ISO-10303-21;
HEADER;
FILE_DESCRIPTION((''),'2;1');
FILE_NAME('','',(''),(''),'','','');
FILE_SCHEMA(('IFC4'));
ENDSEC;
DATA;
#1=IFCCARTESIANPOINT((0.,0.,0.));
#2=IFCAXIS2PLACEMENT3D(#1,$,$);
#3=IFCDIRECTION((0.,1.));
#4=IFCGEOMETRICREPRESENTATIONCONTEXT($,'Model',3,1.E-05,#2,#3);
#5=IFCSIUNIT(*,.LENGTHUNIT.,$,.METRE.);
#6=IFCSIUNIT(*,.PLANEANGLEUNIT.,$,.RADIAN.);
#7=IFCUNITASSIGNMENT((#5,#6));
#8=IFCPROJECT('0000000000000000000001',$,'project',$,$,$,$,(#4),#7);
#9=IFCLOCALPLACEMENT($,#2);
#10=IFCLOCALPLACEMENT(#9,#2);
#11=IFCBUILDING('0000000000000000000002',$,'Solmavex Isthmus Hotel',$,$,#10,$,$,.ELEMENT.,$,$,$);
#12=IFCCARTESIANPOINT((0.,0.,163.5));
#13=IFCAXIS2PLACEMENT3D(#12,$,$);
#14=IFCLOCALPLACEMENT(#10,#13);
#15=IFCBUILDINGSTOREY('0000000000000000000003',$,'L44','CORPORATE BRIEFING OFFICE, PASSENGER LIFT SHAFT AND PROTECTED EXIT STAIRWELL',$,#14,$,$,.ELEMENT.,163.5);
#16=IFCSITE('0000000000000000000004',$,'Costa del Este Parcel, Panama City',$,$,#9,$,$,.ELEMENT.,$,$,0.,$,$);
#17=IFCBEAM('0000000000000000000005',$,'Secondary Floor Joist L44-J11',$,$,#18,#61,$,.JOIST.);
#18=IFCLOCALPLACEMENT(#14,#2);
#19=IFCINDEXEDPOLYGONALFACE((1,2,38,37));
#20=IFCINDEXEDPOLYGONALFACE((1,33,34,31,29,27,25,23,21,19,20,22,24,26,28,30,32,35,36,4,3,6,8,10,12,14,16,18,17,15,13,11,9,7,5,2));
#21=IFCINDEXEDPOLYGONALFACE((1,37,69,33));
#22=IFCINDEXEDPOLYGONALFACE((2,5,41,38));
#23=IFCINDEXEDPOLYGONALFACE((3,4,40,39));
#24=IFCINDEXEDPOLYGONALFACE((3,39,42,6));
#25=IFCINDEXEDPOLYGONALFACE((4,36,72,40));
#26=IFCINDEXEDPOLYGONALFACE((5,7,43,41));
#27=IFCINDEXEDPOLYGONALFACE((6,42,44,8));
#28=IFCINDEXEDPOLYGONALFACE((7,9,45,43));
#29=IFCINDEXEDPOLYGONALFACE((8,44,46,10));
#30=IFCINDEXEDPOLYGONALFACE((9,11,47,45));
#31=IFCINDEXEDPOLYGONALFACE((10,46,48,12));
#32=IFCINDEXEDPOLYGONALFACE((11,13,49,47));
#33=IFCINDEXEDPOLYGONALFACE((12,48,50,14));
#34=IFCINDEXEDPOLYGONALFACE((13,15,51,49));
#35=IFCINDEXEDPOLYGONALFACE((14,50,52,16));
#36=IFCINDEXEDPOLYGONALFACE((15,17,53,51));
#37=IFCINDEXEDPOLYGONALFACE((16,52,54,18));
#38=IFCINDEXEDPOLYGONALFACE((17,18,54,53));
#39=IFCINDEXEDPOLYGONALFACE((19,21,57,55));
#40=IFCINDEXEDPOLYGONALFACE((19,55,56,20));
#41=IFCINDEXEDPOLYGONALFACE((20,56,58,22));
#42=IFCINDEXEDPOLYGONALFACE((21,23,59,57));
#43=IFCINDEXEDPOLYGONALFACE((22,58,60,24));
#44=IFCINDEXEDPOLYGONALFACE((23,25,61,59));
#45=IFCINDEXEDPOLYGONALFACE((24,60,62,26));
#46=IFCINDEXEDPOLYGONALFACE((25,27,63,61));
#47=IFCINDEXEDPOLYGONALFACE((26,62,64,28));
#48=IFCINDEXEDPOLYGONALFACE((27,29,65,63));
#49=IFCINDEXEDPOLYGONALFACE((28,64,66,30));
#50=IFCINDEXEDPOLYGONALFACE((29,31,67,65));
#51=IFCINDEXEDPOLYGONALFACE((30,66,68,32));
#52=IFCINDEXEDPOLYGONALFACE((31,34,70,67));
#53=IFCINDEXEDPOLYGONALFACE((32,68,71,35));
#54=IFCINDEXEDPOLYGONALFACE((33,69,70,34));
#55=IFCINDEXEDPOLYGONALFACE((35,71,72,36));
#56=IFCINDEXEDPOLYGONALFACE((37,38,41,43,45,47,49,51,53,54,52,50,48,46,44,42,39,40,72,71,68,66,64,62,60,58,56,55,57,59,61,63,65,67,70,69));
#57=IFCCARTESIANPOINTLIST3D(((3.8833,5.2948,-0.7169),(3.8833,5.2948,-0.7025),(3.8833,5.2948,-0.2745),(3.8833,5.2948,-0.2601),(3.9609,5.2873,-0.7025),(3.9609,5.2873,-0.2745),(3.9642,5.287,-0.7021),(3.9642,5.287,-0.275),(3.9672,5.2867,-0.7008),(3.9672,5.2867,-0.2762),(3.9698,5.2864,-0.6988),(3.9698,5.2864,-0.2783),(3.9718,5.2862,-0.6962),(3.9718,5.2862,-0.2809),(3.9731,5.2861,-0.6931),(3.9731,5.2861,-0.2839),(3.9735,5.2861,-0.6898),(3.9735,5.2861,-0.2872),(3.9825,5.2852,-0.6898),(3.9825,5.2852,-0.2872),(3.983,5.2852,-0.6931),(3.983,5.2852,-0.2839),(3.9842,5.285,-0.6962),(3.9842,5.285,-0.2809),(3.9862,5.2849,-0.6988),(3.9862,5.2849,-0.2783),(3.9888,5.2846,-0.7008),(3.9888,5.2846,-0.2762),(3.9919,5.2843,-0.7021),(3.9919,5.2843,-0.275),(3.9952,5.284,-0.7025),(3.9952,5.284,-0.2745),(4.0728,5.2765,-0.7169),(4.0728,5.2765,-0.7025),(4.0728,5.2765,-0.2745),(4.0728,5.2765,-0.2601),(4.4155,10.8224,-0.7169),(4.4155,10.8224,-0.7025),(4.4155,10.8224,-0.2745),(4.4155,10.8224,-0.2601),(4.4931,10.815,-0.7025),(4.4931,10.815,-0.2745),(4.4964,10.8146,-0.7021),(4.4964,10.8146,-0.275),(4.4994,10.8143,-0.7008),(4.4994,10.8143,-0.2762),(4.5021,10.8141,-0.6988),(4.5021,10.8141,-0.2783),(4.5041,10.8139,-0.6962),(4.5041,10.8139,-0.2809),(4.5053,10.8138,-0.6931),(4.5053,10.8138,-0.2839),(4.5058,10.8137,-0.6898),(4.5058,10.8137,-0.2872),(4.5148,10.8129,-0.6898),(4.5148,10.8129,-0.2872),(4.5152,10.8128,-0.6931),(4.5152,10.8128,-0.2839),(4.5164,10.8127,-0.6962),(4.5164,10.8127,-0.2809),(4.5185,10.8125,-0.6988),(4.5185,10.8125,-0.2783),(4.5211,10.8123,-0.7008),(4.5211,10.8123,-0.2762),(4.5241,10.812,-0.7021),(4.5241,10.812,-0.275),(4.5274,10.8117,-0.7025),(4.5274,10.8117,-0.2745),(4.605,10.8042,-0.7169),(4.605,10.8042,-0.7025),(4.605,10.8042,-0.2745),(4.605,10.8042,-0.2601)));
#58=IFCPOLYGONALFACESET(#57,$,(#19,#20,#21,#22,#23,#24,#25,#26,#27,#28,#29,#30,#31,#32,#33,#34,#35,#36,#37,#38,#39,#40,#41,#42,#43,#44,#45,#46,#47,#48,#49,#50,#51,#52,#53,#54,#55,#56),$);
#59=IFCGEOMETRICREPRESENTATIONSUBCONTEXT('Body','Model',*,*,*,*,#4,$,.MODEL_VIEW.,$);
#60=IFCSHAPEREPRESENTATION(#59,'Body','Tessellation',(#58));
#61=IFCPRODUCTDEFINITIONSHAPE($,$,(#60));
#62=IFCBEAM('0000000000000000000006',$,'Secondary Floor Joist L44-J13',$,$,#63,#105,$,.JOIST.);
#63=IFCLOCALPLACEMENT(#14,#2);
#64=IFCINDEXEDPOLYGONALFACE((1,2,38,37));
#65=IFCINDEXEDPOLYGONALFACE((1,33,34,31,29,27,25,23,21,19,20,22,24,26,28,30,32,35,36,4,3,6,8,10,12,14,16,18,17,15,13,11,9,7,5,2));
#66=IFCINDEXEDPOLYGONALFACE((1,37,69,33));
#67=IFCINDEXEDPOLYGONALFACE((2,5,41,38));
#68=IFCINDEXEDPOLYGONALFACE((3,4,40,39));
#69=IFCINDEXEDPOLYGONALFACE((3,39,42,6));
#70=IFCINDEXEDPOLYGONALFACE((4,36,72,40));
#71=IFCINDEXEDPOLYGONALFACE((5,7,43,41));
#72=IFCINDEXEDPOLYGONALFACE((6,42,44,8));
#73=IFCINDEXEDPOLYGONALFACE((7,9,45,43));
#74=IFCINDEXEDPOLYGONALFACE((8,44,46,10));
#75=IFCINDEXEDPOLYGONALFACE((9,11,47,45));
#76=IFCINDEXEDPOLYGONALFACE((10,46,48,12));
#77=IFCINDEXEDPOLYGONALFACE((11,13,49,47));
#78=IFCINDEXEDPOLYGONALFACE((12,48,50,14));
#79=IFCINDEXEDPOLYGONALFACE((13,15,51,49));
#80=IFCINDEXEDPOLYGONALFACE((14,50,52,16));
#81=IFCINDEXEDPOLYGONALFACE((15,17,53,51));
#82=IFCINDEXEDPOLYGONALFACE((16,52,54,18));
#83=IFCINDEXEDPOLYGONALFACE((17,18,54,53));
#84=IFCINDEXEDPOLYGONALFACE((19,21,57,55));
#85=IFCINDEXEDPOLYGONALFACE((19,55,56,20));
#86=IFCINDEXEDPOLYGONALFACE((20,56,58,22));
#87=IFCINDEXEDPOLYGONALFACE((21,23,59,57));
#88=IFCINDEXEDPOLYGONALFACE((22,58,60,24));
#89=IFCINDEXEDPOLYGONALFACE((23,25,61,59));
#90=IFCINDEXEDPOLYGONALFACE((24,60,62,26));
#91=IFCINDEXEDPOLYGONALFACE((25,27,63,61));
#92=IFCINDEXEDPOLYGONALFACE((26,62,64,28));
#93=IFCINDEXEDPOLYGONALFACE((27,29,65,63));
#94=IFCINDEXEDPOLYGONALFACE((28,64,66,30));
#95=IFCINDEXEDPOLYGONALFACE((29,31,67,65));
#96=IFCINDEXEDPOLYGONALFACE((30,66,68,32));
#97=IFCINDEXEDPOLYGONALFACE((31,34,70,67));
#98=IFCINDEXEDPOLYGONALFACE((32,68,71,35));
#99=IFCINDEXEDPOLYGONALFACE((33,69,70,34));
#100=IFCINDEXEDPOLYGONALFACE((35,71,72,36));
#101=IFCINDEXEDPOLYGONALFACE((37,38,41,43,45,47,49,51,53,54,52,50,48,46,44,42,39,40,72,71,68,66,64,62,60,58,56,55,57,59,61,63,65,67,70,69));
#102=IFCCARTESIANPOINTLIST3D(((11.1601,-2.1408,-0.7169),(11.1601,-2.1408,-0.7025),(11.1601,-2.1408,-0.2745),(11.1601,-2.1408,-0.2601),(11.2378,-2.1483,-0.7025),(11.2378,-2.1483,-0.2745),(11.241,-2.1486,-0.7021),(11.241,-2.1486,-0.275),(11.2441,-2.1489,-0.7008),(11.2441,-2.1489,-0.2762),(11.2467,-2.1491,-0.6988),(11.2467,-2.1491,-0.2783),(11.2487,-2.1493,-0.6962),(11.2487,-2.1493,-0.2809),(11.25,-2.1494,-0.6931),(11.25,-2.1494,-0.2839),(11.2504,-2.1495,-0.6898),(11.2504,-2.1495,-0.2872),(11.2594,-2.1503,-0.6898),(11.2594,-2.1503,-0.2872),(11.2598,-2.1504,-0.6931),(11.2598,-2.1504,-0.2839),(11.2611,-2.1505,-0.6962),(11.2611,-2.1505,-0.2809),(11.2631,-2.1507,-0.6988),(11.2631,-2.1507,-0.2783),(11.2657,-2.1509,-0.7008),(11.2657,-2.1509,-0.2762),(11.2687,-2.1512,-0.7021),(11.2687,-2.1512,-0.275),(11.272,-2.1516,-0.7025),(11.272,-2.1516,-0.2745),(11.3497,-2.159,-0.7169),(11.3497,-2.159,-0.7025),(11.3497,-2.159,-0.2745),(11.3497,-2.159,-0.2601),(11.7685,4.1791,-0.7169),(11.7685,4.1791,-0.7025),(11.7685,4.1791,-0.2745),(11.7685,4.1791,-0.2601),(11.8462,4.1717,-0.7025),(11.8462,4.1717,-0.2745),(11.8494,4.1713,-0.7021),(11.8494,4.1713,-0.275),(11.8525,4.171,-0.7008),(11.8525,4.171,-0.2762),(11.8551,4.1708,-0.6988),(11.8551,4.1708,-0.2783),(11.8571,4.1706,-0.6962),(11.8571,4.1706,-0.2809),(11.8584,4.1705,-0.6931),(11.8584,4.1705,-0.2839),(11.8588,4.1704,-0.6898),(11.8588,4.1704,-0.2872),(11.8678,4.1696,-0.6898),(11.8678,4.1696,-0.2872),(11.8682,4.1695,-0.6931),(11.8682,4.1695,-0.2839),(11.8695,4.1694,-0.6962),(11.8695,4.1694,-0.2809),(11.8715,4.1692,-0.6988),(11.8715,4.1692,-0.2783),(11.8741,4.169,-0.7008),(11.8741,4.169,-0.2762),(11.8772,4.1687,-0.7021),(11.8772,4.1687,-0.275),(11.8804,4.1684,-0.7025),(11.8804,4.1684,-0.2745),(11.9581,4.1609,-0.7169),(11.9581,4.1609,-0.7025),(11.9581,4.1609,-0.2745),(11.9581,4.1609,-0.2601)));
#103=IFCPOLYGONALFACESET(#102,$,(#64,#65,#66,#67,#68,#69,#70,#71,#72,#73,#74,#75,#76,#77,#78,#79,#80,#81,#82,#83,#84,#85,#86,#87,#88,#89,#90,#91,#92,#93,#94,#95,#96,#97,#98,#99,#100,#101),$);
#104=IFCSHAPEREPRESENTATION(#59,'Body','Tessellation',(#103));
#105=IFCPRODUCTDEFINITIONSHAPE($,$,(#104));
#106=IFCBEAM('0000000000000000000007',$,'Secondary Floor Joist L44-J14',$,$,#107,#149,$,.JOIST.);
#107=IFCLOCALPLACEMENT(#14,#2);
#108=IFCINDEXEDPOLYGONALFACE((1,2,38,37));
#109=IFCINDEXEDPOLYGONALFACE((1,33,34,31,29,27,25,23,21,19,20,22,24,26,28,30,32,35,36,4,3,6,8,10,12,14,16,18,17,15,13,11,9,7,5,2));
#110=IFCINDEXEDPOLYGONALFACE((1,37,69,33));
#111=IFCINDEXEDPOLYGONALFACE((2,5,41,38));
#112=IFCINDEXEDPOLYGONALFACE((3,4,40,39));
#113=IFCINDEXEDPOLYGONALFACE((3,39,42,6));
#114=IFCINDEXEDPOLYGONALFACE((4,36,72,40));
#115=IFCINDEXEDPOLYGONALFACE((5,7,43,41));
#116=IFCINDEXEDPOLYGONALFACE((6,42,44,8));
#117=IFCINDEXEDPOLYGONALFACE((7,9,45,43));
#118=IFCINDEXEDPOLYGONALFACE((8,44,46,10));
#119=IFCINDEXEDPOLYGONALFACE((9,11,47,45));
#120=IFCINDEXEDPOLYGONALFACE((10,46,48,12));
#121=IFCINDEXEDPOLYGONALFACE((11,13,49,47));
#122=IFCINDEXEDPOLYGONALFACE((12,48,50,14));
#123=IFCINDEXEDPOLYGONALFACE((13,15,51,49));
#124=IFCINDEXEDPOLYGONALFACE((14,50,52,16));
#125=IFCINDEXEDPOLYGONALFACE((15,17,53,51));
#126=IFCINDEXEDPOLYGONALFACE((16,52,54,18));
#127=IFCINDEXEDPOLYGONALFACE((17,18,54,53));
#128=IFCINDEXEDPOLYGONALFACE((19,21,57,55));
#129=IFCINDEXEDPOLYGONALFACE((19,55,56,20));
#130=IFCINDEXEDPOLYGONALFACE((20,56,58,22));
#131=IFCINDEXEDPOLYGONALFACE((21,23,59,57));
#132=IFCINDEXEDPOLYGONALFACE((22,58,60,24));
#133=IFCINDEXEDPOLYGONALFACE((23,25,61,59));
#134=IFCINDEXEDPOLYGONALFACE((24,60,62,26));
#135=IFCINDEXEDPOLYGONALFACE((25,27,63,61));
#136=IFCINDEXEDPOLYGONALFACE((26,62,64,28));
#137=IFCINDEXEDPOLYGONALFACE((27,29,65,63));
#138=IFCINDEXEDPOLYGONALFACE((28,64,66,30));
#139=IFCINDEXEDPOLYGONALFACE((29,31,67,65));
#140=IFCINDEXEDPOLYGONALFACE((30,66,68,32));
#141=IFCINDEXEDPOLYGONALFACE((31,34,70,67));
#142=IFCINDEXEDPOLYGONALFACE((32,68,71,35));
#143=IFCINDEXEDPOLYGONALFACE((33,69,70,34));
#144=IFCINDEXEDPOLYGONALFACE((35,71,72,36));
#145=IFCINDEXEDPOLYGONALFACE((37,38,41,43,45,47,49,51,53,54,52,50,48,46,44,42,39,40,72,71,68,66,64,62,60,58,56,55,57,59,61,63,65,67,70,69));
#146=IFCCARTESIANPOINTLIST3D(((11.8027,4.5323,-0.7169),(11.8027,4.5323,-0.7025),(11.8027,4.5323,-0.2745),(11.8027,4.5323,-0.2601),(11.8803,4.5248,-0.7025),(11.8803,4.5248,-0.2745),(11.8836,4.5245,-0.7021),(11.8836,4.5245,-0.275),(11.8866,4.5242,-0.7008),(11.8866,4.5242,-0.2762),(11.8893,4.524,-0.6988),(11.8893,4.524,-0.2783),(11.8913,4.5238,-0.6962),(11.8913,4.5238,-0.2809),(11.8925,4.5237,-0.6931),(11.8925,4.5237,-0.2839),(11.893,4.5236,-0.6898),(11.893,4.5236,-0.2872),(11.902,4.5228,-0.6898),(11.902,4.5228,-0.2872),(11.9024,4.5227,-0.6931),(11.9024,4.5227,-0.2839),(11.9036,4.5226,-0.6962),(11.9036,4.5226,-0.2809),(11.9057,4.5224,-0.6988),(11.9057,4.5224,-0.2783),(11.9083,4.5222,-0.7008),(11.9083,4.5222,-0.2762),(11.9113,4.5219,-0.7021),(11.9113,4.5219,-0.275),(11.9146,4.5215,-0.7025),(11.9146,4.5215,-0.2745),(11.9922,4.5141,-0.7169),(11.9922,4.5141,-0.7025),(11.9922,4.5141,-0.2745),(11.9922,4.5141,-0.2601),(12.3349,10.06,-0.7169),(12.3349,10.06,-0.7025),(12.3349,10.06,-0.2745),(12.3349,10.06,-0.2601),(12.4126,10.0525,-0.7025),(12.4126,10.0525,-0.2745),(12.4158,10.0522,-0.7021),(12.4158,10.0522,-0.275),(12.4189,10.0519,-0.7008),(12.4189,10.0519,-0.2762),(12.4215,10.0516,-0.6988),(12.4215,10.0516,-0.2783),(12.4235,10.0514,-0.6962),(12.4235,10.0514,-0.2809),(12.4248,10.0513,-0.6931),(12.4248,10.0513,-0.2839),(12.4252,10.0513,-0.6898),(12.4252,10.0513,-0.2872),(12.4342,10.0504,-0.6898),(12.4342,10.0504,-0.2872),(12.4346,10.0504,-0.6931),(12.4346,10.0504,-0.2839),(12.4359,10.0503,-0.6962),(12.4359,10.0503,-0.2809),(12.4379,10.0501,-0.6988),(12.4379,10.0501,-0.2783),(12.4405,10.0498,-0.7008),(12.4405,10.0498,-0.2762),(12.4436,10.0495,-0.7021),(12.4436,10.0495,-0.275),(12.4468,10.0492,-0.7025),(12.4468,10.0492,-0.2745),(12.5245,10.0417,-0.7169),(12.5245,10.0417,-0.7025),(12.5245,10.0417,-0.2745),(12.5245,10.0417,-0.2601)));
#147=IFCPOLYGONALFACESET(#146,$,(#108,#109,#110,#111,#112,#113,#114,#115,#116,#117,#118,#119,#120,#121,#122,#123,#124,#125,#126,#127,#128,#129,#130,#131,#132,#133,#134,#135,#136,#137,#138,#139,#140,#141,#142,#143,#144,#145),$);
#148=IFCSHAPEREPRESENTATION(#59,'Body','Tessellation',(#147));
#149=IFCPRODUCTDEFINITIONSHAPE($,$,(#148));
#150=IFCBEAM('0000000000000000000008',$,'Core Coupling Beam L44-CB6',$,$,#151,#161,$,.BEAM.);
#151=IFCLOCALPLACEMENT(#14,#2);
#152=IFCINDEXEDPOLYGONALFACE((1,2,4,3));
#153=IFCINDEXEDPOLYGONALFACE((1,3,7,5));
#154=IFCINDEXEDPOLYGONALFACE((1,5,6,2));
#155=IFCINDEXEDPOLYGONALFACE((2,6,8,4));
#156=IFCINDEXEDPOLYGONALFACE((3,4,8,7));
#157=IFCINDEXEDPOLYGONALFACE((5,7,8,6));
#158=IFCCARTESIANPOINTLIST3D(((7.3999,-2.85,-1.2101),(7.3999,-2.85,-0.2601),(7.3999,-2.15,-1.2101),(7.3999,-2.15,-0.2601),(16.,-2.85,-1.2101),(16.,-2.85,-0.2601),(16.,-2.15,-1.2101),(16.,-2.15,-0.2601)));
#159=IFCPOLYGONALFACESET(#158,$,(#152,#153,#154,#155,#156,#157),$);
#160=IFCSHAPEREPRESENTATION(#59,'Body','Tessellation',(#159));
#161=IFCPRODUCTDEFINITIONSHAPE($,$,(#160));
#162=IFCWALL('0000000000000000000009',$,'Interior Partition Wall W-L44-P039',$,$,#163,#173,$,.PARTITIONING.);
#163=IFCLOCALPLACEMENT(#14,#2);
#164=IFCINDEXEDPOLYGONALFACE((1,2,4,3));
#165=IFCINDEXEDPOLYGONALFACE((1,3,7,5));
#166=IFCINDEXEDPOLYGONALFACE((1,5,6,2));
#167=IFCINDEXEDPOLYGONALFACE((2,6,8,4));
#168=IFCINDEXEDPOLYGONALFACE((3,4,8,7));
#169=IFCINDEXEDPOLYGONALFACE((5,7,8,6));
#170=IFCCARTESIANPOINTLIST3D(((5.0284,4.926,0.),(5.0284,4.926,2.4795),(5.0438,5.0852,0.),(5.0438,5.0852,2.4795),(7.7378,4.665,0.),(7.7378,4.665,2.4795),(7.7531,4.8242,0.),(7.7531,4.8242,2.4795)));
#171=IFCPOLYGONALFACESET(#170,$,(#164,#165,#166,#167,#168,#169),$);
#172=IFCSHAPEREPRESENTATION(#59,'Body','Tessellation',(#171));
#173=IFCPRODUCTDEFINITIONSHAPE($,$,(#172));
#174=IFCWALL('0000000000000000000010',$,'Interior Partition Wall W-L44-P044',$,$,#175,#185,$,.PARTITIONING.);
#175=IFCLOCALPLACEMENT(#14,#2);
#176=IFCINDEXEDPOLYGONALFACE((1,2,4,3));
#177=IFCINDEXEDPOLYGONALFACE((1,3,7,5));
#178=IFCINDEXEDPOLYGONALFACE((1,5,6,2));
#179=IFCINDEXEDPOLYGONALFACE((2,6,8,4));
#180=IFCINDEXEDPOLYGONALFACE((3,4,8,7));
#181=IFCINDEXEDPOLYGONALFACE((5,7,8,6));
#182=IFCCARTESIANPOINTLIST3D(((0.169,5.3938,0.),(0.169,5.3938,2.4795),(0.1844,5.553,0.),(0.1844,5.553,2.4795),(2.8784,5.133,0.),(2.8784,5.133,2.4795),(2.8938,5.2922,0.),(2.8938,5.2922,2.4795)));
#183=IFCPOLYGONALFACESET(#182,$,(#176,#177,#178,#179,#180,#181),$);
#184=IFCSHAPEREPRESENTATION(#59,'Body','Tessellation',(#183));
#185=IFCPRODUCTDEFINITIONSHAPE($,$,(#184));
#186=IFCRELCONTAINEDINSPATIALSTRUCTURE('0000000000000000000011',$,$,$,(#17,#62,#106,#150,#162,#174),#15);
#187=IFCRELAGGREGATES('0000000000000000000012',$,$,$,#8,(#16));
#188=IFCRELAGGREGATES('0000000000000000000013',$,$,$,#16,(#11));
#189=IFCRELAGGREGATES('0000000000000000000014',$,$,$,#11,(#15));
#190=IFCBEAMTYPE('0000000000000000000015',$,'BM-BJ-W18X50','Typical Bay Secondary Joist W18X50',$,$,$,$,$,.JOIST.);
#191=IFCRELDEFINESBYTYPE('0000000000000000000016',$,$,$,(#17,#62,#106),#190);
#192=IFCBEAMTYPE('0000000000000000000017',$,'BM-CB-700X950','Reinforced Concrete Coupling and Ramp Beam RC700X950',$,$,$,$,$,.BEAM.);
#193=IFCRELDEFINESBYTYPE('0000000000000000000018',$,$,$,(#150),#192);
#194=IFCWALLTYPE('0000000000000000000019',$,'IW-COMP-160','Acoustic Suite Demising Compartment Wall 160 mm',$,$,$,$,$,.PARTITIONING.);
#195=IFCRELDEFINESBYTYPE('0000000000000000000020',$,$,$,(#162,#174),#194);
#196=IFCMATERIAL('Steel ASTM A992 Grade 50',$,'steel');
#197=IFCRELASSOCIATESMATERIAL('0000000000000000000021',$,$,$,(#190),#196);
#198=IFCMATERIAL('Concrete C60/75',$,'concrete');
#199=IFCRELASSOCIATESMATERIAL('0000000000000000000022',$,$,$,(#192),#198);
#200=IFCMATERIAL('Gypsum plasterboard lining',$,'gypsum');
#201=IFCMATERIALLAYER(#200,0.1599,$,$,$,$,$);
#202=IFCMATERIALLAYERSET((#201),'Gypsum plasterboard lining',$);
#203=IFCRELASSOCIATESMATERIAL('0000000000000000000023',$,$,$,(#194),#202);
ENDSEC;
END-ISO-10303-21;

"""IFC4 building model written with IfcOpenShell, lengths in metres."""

from ifc_helpers import new_model, si_unit, direction, frame, frame_2d, origin, origin_2d, place, context, subcontext, project, spatial, rectangle, i_section, extrude, material, layer, layer_set, material_profile, profile_set, type_object, element, save


model = new_model("IFC4")

# Units and contexts
model_context = context("Model", 3, precision=1e-05, world=origin(), true_north=direction((0.0, 1.0)))
body_context = subcontext(model_context, "Body", "Model", "MODEL_VIEW")
ifc_project = project(units=[si_unit("LENGTHUNIT", "METRE"), si_unit("PLANEANGLEUNIT", "RADIAN")], contexts=[model_context])

# Site, building, storey
site_placement = place(None, origin())
site = spatial("IfcSite", under=ifc_project, at=site_placement, Name="Costa del Este Parcel, Panama City", CompositionType="ELEMENT", RefElevation=0.0)
building_placement = place(site_placement, origin())
building = spatial("IfcBuilding", under=site, at=building_placement, Name="Solmavex Isthmus Hotel", CompositionType="ELEMENT")
storey_placement = place(building_placement, frame((0.0, 0.0, 163.5)))
storey = spatial("IfcBuildingStorey", under=building, at=storey_placement, Name="L44", Description="CORPORATE BRIEFING OFFICE, PASSENGER LIFT SHAFT AND PROTECTED EXIT STAIRWELL", CompositionType="ELEMENT", Elevation=163.5)

# Beams
ifc_material_1 = material(Name="Steel ASTM A992 Grade 50", Category="steel")
ifc_material_profile_1 = material_profile(ifc_material_1, i_section(OverallWidth=0.1904, OverallDepth=0.4568, WebThickness=0.009, FlangeThickness=0.0144, FilletRadius=0.0127, at=origin_2d()), Name="W18X50")
ifc_profile_set_1 = profile_set([ifc_material_profile_1], Name="Steel ASTM A992 Grade 50")
beam_type_1 = type_object("IfcBeamType", Name="BM-BJ-W18X50", Description="Typical Bay Secondary Joist W18X50", PredefinedType="JOIST", material=ifc_profile_set_1)
beam_1_placement = place(storey_placement, frame((3.978, 5.2856, -0.4885), z_axis=(0.095842, 0.995397, 0.0), x_axis=(-0.995397, 0.095842, 0.0)))
element("IfcBeam", 1, at=beam_1_placement, inside=storey, type_object=beam_type_1, Name="Secondary Floor Joist L44-J11", PredefinedType="JOIST", context=body_context, shape_type="SweptSolid", body=[
    extrude(i_section(OverallWidth=0.1904, OverallDepth=0.4568, WebThickness=0.009, FlangeThickness=0.0144, FilletRadius=0.0127, at=origin_2d()), origin(), (0.0, 0.0, 1.0), 5.5532),
])
beam_2_placement = place(storey_placement, frame((11.2549, -2.1499, -0.4885), z_axis=(0.095825, 0.995398, 0.0), x_axis=(-0.995398, 0.095825, 0.0)))
element("IfcBeam", 2, at=beam_2_placement, inside=storey, type_object=beam_type_1, Name="Secondary Floor Joist L44-J13", PredefinedType="JOIST", context=body_context, shape_type="SweptSolid", body=[
    extrude(i_section(OverallWidth=0.1904, OverallDepth=0.4568, WebThickness=0.009, FlangeThickness=0.0144, FilletRadius=0.0127, at=origin_2d()), origin(), (0.0, 0.0, 1.0), 6.3491),
])
beam_3_placement = place(storey_placement, frame((11.8975, 4.5232, -0.4885), z_axis=(0.095842, 0.995397, 0.0), x_axis=(-0.995397, 0.095842, 0.0)))
element("IfcBeam", 3, at=beam_3_placement, inside=storey, type_object=beam_type_1, Name="Secondary Floor Joist L44-J14", PredefinedType="JOIST", context=body_context, shape_type="SweptSolid", body=[
    extrude(i_section(OverallWidth=0.1904, OverallDepth=0.4568, WebThickness=0.009, FlangeThickness=0.0144, FilletRadius=0.0127, at=origin_2d()), origin(), (0.0, 0.0, 1.0), 5.5532),
])
ifc_material_2 = material(Name="Concrete C60/75", Category="concrete")
ifc_material_profile_2 = material_profile(ifc_material_2, rectangle(XDim=0.7, YDim=0.95, at=origin_2d()), Name="RC700X950")
ifc_profile_set_2 = profile_set([ifc_material_profile_2], Name="Concrete C60/75")
beam_type_2 = type_object("IfcBeamType", Name="BM-CB-700X950", Description="Reinforced Concrete Coupling and Ramp Beam RC700X950", PredefinedType="BEAM", material=ifc_profile_set_2)
beam_4_placement = place(storey_placement, frame((7.3999, -2.5, -0.7351), z_axis=(1.0, 0.0, 0.0), x_axis=(0.0, 1.0, 0.0)))
element("IfcBeam", 4, at=beam_4_placement, inside=storey, type_object=beam_type_2, Name="Core Coupling Beam L44-CB6", PredefinedType="BEAM", context=body_context, shape_type="SweptSolid", body=[
    extrude(rectangle(XDim=0.7, YDim=0.95, at=origin_2d()), origin(), (0.0, 0.0, 1.0), 8.6001),
])

# Walls
ifc_material_3 = material(Name="Gypsum plasterboard lining", Category="gypsum")
ifc_layer_1 = layer(ifc_material_3, 0.1599)
ifc_layer_set_1 = layer_set([ifc_layer_1], Name="Gypsum plasterboard lining")
wall_type_1 = type_object("IfcWallType", Name="IW-COMP-160", Description="Acoustic Suite Demising Compartment Wall 160 mm", PredefinedType="PARTITIONING", material=ifc_layer_set_1)
for number, where, z_axis, x_axis, name in (
    (5, (7.7454, 4.7446, 0.0), (0.0, 0.0, 1.0), (-0.995393, 0.09588, 0.0), "Interior Partition Wall W-L44-P039"),
    (6, (2.886, 5.2126, 0.0), (0.0, 0.0, 1.0), (-0.995401, 0.095791, 0.0), "Interior Partition Wall W-L44-P044"),
):
    element("IfcWall", number, at=place(storey_placement, frame(where, z_axis=z_axis, x_axis=x_axis)), inside=storey, type_object=wall_type_1, Name=name, PredefinedType="PARTITIONING", context=body_context, shape_type="SweptSolid", body=[
        extrude(rectangle(XDim=2.7219, YDim=0.1599, at=frame_2d((1.3608, 0.0))), origin(), (0.0, 0.0, 1.0), 2.4795),
    ])

save(model, "model.ifc")
